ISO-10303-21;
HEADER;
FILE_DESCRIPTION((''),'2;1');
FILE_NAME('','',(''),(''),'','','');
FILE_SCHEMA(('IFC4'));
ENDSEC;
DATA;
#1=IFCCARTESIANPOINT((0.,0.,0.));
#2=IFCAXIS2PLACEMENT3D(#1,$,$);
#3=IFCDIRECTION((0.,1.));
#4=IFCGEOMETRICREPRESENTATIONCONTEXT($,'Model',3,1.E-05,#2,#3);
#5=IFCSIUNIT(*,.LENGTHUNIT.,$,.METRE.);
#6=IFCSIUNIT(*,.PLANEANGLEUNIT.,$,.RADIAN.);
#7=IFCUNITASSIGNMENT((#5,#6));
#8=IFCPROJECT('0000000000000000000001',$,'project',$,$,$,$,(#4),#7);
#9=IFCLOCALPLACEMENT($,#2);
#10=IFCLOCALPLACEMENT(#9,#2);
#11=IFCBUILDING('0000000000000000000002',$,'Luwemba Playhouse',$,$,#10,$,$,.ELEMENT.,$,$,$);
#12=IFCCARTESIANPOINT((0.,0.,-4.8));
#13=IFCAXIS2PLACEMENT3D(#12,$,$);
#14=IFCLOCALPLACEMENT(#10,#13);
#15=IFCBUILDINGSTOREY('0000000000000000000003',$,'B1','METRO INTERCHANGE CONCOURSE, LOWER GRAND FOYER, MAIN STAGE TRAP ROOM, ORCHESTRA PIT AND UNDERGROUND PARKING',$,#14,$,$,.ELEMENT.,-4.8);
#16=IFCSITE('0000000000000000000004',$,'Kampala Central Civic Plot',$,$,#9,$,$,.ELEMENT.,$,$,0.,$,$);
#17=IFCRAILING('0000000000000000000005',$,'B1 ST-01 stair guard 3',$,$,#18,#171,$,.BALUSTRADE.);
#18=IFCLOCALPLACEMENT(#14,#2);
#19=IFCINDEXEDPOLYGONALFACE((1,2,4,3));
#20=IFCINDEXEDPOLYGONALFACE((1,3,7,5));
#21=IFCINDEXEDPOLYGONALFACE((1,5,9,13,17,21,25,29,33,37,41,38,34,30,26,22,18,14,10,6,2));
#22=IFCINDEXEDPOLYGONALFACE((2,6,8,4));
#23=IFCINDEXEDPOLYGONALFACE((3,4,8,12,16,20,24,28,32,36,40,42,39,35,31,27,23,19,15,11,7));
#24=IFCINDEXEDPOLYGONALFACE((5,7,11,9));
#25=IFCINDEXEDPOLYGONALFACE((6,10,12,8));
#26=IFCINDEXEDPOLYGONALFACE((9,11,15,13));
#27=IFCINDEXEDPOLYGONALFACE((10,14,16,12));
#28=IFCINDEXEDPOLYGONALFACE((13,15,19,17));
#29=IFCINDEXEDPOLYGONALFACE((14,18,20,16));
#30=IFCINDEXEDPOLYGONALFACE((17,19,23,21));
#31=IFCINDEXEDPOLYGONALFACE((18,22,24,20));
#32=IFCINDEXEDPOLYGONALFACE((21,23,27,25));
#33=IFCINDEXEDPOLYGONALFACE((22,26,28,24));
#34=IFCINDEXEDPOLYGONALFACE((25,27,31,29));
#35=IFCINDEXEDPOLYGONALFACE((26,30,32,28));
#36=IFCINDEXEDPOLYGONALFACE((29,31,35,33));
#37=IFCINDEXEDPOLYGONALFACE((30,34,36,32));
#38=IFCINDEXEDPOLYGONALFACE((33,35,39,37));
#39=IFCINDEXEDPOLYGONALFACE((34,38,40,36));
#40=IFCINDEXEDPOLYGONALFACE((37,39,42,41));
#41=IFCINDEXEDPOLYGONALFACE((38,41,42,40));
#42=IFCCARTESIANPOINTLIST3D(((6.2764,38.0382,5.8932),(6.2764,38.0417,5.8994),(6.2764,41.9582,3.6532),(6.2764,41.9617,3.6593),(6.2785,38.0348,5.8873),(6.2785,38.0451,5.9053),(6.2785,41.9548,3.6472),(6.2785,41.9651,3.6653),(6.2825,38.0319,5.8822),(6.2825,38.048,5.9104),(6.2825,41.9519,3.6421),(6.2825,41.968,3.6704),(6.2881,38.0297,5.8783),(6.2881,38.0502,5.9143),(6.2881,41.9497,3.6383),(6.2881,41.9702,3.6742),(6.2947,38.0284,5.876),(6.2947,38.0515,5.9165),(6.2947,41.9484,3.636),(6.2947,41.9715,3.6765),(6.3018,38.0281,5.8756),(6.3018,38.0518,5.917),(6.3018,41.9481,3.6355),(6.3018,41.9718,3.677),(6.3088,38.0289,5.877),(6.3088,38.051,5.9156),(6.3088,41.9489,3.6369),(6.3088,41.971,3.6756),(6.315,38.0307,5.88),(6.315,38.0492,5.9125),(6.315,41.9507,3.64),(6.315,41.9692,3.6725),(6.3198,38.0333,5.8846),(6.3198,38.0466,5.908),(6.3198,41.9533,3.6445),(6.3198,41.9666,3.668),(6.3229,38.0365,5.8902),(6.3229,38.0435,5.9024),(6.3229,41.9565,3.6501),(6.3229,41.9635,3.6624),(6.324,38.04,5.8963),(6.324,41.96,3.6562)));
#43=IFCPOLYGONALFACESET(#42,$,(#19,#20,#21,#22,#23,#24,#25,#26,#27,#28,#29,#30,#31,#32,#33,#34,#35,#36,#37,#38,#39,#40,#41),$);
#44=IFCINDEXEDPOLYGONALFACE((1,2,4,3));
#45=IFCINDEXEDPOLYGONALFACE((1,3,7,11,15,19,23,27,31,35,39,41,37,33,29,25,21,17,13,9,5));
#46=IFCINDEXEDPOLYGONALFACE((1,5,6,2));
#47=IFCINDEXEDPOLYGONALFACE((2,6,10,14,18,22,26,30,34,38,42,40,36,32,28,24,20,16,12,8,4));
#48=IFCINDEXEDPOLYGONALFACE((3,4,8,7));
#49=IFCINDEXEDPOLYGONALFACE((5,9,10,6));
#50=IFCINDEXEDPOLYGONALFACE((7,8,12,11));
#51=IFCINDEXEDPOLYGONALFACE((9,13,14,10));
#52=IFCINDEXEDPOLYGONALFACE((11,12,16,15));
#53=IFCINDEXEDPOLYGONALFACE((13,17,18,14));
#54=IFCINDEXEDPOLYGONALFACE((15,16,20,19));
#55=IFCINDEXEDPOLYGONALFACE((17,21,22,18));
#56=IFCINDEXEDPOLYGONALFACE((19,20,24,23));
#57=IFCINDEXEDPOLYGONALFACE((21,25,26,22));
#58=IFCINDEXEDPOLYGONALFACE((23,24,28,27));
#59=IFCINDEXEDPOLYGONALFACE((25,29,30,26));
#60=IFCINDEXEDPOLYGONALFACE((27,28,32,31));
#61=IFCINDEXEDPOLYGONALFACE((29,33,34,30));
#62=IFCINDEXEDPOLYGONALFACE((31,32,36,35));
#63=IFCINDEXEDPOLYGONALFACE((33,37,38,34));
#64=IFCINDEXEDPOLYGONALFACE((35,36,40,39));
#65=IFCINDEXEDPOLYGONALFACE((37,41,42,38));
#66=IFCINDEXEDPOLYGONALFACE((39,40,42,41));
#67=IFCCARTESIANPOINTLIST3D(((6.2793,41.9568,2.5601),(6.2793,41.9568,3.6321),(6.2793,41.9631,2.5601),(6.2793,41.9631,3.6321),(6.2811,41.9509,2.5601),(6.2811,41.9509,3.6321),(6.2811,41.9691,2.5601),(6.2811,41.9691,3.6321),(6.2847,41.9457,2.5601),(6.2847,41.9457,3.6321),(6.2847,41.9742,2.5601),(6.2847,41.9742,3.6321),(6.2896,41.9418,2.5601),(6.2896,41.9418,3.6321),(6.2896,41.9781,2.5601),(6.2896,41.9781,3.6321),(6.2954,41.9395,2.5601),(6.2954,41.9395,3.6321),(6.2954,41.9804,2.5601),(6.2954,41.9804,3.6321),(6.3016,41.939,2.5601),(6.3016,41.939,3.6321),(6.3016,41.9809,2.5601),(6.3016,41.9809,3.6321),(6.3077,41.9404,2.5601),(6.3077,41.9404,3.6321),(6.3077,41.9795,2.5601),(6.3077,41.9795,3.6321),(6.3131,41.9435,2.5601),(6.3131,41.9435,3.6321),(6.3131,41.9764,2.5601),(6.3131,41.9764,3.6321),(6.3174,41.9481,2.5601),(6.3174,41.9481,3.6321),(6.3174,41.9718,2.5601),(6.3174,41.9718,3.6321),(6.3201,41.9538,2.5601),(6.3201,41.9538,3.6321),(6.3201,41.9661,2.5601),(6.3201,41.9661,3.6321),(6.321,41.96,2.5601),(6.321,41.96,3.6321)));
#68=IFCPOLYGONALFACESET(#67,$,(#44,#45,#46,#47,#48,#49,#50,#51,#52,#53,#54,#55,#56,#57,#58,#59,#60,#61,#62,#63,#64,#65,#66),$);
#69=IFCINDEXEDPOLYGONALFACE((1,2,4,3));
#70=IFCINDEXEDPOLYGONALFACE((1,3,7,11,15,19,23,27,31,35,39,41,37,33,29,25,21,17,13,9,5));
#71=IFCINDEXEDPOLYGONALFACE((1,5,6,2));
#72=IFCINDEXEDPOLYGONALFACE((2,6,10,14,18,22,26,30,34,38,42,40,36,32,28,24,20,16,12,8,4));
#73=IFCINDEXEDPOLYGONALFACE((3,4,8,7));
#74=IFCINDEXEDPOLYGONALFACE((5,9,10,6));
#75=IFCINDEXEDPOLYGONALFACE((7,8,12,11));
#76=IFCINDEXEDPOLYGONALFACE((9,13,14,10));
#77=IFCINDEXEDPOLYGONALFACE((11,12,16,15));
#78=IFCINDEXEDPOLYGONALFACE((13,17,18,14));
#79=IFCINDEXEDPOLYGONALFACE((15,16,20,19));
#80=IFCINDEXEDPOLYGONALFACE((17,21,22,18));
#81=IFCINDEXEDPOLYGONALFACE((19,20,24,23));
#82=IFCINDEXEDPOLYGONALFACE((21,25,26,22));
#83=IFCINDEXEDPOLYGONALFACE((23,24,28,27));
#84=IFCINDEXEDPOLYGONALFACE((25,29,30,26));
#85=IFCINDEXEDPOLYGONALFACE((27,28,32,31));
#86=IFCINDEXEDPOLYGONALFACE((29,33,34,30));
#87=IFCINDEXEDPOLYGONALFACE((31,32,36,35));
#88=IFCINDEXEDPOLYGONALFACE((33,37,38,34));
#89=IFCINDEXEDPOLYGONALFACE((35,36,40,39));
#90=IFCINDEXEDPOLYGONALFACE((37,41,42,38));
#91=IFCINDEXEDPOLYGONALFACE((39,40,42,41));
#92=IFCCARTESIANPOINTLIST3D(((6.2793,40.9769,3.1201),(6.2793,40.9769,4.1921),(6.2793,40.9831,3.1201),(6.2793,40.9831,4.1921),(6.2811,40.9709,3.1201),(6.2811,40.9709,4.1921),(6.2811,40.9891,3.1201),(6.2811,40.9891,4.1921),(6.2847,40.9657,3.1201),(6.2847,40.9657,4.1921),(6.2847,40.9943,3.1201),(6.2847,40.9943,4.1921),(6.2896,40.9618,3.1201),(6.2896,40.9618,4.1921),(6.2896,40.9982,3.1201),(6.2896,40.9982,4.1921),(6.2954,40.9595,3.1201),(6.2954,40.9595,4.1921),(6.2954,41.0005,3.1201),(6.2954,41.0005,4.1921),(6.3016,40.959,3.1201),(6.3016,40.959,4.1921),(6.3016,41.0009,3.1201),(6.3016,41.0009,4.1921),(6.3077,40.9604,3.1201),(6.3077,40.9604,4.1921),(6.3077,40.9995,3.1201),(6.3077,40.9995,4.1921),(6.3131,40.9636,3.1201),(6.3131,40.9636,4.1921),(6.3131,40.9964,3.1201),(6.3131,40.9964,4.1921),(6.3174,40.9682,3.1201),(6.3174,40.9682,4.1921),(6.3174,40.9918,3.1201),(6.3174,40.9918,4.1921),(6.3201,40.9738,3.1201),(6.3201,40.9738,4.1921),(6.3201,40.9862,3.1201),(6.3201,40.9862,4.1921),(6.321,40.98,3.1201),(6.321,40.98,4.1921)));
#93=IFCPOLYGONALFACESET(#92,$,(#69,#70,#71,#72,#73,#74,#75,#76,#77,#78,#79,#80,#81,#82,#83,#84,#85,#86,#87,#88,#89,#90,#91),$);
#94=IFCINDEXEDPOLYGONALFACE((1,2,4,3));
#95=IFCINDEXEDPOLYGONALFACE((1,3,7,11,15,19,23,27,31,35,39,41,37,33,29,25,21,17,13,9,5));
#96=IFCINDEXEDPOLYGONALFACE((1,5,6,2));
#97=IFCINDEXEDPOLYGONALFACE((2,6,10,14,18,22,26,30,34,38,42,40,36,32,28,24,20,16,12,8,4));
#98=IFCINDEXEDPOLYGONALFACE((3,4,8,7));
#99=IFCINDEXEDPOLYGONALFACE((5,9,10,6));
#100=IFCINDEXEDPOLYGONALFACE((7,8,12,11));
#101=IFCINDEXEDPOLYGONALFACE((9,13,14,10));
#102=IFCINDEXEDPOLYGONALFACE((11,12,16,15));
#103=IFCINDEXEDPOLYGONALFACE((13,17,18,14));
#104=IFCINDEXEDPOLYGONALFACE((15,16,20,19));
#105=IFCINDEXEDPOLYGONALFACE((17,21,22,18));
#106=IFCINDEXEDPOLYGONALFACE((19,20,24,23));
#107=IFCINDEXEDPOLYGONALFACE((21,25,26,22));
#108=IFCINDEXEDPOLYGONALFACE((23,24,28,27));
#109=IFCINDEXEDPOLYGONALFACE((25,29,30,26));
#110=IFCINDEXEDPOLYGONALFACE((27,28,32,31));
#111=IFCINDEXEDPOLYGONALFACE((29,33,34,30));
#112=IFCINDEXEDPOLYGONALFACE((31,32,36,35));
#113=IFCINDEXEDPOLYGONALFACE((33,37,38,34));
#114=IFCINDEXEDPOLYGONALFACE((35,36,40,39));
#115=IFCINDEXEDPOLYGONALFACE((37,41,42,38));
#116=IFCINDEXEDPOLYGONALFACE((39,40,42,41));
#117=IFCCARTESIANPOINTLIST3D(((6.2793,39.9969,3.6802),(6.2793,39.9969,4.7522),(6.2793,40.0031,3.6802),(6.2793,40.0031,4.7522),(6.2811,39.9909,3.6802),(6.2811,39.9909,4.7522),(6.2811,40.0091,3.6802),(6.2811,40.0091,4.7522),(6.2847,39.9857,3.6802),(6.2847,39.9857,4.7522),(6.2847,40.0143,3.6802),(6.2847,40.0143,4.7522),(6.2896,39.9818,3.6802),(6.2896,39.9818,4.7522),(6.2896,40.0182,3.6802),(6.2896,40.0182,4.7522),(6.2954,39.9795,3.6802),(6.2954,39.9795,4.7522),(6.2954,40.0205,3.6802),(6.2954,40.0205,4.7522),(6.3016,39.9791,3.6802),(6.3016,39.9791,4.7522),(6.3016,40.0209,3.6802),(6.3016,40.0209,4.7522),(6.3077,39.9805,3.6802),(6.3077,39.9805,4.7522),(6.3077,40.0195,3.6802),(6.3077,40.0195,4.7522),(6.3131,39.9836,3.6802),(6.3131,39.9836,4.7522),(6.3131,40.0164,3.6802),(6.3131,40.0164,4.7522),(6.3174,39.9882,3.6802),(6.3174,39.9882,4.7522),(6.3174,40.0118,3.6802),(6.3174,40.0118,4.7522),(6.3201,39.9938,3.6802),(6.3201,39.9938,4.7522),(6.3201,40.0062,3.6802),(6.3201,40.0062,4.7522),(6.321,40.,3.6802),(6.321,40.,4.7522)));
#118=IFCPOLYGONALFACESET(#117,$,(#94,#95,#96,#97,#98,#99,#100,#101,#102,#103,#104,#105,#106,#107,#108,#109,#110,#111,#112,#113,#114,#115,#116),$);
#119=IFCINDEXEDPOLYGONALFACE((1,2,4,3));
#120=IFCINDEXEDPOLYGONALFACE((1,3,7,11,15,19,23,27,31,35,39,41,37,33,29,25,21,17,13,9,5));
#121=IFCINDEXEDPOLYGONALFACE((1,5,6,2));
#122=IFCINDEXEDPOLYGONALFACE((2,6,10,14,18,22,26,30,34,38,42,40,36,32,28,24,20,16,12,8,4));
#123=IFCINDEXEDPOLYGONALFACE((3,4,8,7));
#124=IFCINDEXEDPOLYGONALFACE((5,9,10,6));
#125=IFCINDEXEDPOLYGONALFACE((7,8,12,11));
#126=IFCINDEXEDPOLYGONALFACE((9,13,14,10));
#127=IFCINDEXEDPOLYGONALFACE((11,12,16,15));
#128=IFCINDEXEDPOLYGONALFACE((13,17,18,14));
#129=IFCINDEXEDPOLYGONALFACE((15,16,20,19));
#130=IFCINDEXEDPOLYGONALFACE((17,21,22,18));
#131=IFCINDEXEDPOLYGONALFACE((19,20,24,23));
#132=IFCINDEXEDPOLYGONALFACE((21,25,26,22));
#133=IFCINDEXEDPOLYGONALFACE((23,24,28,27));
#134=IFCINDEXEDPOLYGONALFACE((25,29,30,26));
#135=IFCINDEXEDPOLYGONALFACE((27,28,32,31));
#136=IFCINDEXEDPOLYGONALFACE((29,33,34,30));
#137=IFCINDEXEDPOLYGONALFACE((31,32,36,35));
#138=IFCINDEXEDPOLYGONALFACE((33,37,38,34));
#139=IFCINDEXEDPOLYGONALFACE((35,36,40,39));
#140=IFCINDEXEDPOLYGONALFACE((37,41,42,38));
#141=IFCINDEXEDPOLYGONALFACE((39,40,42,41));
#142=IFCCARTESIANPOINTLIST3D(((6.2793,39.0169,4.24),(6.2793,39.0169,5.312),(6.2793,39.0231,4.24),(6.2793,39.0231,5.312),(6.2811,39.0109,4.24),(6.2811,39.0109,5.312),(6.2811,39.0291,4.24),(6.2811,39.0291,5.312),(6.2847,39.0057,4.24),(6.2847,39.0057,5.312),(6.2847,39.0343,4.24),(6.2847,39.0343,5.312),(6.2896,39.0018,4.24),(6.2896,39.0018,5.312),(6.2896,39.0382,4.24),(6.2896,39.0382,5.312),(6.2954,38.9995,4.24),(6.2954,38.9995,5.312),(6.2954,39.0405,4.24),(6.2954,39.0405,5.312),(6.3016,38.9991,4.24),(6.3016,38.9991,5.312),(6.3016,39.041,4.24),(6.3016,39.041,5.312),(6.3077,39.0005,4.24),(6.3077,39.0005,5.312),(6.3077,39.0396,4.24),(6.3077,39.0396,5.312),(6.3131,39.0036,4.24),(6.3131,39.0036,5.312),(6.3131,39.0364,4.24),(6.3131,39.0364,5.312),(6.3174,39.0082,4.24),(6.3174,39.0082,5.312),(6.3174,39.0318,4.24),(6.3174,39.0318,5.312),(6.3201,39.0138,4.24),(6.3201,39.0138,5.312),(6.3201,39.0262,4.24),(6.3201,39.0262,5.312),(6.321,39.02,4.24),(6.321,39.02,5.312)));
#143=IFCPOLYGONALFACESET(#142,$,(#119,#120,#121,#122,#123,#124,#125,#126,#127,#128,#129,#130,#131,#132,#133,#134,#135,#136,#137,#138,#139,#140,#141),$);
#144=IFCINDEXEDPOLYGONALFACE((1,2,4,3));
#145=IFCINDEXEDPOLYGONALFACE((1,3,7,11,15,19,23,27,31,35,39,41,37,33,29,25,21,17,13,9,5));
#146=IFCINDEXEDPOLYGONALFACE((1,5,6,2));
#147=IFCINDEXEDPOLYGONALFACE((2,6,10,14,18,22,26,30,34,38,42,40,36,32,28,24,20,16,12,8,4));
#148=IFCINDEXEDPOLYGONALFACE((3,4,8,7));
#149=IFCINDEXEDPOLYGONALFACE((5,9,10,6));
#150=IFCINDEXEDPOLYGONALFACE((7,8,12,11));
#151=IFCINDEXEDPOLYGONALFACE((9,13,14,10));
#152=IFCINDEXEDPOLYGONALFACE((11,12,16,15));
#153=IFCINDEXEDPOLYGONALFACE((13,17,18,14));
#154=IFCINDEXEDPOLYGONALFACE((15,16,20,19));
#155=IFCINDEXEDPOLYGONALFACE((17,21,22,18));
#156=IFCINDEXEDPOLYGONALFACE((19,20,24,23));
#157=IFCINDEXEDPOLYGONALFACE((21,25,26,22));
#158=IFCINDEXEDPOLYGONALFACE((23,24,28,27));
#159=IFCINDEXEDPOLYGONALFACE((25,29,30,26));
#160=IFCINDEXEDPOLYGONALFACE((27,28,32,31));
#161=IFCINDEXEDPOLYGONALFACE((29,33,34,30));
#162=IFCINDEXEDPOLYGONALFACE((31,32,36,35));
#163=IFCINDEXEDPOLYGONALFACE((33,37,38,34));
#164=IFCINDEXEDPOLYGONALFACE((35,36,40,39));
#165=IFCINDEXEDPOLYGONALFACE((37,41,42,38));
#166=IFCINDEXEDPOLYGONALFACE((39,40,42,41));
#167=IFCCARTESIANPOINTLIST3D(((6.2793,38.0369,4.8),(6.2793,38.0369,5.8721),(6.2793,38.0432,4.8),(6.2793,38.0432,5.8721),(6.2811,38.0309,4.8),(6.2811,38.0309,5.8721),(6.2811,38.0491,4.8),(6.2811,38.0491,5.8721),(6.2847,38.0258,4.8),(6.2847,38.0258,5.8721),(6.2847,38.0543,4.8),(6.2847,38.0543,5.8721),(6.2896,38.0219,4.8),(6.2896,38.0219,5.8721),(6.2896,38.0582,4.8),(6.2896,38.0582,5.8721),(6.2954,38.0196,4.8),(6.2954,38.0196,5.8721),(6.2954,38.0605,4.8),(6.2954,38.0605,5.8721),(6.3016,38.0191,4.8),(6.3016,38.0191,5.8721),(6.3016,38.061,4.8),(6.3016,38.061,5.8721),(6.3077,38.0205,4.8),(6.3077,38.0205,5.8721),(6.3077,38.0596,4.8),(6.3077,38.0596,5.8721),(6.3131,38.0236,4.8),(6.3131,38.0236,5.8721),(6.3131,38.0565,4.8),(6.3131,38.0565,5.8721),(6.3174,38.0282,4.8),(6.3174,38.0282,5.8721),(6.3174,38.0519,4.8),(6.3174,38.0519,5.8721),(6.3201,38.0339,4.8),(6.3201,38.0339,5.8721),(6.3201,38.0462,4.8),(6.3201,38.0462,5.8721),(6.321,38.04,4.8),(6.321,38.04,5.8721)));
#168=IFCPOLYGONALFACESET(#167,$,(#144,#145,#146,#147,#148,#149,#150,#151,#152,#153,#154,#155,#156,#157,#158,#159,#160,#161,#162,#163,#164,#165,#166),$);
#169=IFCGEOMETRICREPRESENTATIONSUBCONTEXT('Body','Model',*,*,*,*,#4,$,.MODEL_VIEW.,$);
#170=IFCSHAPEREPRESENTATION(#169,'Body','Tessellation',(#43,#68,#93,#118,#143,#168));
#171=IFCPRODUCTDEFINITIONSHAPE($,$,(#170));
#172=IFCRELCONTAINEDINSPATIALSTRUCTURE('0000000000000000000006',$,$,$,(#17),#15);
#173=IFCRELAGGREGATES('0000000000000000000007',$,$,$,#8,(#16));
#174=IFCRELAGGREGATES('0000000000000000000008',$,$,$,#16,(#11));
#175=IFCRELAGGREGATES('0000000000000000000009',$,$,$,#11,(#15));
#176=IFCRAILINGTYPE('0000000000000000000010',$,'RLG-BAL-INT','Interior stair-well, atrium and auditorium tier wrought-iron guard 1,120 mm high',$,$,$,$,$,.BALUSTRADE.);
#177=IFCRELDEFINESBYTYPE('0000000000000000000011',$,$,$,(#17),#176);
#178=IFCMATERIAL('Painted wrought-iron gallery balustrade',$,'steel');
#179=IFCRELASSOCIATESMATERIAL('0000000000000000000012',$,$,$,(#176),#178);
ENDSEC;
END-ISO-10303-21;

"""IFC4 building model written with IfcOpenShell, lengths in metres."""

from ifc_helpers import new_model, si_unit, direction, frame, origin, origin_2d, place, context, subcontext, project, spatial, circle, extrude, material, type_object, element, save


model = new_model("IFC4")

# Units and contexts
model_context = context("Model", 3, precision=1e-05, world=origin(), true_north=direction((0.0, 1.0)))
body_context = subcontext(model_context, "Body", "Model", "MODEL_VIEW")
ifc_project = project(units=[si_unit("LENGTHUNIT", "METRE"), si_unit("PLANEANGLEUNIT", "RADIAN")], contexts=[model_context])

# Site, building, storey
site_placement = place(None, origin())
site = spatial("IfcSite", under=ifc_project, at=site_placement, Name="Kampala Central Civic Plot", CompositionType="ELEMENT", RefElevation=0.0)
building_placement = place(site_placement, origin())
building = spatial("IfcBuilding", under=site, at=building_placement, Name="Luwemba Playhouse", CompositionType="ELEMENT")
storey_placement = place(building_placement, frame((0.0, 0.0, -4.8)))
storey = spatial("IfcBuildingStorey", under=building, at=storey_placement, Name="B1", Description="METRO INTERCHANGE CONCOURSE, LOWER GRAND FOYER, MAIN STAGE TRAP ROOM, ORCHESTRA PIT AND UNDERGROUND PARKING", CompositionType="ELEMENT", Elevation=-4.8)

# Railing
ifc_material_1 = material(Name="Painted wrought-iron gallery balustrade", Category="steel")
railing_type_1 = type_object("IfcRailingType", Name="RLG-BAL-INT", Description="Interior stair-well, atrium and auditorium tier wrought-iron guard 1,120 mm high", PredefinedType="BALUSTRADE", material=ifc_material_1)
railing_1_placement = place(storey_placement, frame((6.3, 41.96, 2.5601)))
element("IfcRailing", 1, at=railing_1_placement, inside=storey, type_object=railing_type_1, Name="B1 ST-01 stair guard 3", PredefinedType="BALUSTRADE", context=body_context, shape_type="SweptSolid", body=[
    extrude(circle(Radius=0.0239, at=origin_2d()), frame((0.0, 0.0, 1.0962), z_axis=(0.0, -0.86824, 0.496145), x_axis=(1.0, 0.0, 0.0)), (0.0, 0.0, 1.0), 4.5149),
    extrude(circle(Radius=0.021, at=origin_2d()), origin(), (0.0, 0.0, 1.0), 1.072),
    extrude(circle(Radius=0.021, at=origin_2d()), frame((0.0, -0.98, 0.5601)), (0.0, 0.0, 1.0), 1.072),
    extrude(circle(Radius=0.021, at=origin_2d()), frame((0.0, -1.96, 1.1201)), (0.0, 0.0, 1.0), 1.072),
    extrude(circle(Radius=0.021, at=origin_2d()), frame((0.0, -2.9399, 1.6799)), (0.0, 0.0, 1.0), 1.072),
    extrude(circle(Radius=0.021, at=origin_2d()), frame((0.0, -3.9199, 2.24)), (0.0, 0.0, 1.0), 1.072),
])

save(model, "model.ifc")
